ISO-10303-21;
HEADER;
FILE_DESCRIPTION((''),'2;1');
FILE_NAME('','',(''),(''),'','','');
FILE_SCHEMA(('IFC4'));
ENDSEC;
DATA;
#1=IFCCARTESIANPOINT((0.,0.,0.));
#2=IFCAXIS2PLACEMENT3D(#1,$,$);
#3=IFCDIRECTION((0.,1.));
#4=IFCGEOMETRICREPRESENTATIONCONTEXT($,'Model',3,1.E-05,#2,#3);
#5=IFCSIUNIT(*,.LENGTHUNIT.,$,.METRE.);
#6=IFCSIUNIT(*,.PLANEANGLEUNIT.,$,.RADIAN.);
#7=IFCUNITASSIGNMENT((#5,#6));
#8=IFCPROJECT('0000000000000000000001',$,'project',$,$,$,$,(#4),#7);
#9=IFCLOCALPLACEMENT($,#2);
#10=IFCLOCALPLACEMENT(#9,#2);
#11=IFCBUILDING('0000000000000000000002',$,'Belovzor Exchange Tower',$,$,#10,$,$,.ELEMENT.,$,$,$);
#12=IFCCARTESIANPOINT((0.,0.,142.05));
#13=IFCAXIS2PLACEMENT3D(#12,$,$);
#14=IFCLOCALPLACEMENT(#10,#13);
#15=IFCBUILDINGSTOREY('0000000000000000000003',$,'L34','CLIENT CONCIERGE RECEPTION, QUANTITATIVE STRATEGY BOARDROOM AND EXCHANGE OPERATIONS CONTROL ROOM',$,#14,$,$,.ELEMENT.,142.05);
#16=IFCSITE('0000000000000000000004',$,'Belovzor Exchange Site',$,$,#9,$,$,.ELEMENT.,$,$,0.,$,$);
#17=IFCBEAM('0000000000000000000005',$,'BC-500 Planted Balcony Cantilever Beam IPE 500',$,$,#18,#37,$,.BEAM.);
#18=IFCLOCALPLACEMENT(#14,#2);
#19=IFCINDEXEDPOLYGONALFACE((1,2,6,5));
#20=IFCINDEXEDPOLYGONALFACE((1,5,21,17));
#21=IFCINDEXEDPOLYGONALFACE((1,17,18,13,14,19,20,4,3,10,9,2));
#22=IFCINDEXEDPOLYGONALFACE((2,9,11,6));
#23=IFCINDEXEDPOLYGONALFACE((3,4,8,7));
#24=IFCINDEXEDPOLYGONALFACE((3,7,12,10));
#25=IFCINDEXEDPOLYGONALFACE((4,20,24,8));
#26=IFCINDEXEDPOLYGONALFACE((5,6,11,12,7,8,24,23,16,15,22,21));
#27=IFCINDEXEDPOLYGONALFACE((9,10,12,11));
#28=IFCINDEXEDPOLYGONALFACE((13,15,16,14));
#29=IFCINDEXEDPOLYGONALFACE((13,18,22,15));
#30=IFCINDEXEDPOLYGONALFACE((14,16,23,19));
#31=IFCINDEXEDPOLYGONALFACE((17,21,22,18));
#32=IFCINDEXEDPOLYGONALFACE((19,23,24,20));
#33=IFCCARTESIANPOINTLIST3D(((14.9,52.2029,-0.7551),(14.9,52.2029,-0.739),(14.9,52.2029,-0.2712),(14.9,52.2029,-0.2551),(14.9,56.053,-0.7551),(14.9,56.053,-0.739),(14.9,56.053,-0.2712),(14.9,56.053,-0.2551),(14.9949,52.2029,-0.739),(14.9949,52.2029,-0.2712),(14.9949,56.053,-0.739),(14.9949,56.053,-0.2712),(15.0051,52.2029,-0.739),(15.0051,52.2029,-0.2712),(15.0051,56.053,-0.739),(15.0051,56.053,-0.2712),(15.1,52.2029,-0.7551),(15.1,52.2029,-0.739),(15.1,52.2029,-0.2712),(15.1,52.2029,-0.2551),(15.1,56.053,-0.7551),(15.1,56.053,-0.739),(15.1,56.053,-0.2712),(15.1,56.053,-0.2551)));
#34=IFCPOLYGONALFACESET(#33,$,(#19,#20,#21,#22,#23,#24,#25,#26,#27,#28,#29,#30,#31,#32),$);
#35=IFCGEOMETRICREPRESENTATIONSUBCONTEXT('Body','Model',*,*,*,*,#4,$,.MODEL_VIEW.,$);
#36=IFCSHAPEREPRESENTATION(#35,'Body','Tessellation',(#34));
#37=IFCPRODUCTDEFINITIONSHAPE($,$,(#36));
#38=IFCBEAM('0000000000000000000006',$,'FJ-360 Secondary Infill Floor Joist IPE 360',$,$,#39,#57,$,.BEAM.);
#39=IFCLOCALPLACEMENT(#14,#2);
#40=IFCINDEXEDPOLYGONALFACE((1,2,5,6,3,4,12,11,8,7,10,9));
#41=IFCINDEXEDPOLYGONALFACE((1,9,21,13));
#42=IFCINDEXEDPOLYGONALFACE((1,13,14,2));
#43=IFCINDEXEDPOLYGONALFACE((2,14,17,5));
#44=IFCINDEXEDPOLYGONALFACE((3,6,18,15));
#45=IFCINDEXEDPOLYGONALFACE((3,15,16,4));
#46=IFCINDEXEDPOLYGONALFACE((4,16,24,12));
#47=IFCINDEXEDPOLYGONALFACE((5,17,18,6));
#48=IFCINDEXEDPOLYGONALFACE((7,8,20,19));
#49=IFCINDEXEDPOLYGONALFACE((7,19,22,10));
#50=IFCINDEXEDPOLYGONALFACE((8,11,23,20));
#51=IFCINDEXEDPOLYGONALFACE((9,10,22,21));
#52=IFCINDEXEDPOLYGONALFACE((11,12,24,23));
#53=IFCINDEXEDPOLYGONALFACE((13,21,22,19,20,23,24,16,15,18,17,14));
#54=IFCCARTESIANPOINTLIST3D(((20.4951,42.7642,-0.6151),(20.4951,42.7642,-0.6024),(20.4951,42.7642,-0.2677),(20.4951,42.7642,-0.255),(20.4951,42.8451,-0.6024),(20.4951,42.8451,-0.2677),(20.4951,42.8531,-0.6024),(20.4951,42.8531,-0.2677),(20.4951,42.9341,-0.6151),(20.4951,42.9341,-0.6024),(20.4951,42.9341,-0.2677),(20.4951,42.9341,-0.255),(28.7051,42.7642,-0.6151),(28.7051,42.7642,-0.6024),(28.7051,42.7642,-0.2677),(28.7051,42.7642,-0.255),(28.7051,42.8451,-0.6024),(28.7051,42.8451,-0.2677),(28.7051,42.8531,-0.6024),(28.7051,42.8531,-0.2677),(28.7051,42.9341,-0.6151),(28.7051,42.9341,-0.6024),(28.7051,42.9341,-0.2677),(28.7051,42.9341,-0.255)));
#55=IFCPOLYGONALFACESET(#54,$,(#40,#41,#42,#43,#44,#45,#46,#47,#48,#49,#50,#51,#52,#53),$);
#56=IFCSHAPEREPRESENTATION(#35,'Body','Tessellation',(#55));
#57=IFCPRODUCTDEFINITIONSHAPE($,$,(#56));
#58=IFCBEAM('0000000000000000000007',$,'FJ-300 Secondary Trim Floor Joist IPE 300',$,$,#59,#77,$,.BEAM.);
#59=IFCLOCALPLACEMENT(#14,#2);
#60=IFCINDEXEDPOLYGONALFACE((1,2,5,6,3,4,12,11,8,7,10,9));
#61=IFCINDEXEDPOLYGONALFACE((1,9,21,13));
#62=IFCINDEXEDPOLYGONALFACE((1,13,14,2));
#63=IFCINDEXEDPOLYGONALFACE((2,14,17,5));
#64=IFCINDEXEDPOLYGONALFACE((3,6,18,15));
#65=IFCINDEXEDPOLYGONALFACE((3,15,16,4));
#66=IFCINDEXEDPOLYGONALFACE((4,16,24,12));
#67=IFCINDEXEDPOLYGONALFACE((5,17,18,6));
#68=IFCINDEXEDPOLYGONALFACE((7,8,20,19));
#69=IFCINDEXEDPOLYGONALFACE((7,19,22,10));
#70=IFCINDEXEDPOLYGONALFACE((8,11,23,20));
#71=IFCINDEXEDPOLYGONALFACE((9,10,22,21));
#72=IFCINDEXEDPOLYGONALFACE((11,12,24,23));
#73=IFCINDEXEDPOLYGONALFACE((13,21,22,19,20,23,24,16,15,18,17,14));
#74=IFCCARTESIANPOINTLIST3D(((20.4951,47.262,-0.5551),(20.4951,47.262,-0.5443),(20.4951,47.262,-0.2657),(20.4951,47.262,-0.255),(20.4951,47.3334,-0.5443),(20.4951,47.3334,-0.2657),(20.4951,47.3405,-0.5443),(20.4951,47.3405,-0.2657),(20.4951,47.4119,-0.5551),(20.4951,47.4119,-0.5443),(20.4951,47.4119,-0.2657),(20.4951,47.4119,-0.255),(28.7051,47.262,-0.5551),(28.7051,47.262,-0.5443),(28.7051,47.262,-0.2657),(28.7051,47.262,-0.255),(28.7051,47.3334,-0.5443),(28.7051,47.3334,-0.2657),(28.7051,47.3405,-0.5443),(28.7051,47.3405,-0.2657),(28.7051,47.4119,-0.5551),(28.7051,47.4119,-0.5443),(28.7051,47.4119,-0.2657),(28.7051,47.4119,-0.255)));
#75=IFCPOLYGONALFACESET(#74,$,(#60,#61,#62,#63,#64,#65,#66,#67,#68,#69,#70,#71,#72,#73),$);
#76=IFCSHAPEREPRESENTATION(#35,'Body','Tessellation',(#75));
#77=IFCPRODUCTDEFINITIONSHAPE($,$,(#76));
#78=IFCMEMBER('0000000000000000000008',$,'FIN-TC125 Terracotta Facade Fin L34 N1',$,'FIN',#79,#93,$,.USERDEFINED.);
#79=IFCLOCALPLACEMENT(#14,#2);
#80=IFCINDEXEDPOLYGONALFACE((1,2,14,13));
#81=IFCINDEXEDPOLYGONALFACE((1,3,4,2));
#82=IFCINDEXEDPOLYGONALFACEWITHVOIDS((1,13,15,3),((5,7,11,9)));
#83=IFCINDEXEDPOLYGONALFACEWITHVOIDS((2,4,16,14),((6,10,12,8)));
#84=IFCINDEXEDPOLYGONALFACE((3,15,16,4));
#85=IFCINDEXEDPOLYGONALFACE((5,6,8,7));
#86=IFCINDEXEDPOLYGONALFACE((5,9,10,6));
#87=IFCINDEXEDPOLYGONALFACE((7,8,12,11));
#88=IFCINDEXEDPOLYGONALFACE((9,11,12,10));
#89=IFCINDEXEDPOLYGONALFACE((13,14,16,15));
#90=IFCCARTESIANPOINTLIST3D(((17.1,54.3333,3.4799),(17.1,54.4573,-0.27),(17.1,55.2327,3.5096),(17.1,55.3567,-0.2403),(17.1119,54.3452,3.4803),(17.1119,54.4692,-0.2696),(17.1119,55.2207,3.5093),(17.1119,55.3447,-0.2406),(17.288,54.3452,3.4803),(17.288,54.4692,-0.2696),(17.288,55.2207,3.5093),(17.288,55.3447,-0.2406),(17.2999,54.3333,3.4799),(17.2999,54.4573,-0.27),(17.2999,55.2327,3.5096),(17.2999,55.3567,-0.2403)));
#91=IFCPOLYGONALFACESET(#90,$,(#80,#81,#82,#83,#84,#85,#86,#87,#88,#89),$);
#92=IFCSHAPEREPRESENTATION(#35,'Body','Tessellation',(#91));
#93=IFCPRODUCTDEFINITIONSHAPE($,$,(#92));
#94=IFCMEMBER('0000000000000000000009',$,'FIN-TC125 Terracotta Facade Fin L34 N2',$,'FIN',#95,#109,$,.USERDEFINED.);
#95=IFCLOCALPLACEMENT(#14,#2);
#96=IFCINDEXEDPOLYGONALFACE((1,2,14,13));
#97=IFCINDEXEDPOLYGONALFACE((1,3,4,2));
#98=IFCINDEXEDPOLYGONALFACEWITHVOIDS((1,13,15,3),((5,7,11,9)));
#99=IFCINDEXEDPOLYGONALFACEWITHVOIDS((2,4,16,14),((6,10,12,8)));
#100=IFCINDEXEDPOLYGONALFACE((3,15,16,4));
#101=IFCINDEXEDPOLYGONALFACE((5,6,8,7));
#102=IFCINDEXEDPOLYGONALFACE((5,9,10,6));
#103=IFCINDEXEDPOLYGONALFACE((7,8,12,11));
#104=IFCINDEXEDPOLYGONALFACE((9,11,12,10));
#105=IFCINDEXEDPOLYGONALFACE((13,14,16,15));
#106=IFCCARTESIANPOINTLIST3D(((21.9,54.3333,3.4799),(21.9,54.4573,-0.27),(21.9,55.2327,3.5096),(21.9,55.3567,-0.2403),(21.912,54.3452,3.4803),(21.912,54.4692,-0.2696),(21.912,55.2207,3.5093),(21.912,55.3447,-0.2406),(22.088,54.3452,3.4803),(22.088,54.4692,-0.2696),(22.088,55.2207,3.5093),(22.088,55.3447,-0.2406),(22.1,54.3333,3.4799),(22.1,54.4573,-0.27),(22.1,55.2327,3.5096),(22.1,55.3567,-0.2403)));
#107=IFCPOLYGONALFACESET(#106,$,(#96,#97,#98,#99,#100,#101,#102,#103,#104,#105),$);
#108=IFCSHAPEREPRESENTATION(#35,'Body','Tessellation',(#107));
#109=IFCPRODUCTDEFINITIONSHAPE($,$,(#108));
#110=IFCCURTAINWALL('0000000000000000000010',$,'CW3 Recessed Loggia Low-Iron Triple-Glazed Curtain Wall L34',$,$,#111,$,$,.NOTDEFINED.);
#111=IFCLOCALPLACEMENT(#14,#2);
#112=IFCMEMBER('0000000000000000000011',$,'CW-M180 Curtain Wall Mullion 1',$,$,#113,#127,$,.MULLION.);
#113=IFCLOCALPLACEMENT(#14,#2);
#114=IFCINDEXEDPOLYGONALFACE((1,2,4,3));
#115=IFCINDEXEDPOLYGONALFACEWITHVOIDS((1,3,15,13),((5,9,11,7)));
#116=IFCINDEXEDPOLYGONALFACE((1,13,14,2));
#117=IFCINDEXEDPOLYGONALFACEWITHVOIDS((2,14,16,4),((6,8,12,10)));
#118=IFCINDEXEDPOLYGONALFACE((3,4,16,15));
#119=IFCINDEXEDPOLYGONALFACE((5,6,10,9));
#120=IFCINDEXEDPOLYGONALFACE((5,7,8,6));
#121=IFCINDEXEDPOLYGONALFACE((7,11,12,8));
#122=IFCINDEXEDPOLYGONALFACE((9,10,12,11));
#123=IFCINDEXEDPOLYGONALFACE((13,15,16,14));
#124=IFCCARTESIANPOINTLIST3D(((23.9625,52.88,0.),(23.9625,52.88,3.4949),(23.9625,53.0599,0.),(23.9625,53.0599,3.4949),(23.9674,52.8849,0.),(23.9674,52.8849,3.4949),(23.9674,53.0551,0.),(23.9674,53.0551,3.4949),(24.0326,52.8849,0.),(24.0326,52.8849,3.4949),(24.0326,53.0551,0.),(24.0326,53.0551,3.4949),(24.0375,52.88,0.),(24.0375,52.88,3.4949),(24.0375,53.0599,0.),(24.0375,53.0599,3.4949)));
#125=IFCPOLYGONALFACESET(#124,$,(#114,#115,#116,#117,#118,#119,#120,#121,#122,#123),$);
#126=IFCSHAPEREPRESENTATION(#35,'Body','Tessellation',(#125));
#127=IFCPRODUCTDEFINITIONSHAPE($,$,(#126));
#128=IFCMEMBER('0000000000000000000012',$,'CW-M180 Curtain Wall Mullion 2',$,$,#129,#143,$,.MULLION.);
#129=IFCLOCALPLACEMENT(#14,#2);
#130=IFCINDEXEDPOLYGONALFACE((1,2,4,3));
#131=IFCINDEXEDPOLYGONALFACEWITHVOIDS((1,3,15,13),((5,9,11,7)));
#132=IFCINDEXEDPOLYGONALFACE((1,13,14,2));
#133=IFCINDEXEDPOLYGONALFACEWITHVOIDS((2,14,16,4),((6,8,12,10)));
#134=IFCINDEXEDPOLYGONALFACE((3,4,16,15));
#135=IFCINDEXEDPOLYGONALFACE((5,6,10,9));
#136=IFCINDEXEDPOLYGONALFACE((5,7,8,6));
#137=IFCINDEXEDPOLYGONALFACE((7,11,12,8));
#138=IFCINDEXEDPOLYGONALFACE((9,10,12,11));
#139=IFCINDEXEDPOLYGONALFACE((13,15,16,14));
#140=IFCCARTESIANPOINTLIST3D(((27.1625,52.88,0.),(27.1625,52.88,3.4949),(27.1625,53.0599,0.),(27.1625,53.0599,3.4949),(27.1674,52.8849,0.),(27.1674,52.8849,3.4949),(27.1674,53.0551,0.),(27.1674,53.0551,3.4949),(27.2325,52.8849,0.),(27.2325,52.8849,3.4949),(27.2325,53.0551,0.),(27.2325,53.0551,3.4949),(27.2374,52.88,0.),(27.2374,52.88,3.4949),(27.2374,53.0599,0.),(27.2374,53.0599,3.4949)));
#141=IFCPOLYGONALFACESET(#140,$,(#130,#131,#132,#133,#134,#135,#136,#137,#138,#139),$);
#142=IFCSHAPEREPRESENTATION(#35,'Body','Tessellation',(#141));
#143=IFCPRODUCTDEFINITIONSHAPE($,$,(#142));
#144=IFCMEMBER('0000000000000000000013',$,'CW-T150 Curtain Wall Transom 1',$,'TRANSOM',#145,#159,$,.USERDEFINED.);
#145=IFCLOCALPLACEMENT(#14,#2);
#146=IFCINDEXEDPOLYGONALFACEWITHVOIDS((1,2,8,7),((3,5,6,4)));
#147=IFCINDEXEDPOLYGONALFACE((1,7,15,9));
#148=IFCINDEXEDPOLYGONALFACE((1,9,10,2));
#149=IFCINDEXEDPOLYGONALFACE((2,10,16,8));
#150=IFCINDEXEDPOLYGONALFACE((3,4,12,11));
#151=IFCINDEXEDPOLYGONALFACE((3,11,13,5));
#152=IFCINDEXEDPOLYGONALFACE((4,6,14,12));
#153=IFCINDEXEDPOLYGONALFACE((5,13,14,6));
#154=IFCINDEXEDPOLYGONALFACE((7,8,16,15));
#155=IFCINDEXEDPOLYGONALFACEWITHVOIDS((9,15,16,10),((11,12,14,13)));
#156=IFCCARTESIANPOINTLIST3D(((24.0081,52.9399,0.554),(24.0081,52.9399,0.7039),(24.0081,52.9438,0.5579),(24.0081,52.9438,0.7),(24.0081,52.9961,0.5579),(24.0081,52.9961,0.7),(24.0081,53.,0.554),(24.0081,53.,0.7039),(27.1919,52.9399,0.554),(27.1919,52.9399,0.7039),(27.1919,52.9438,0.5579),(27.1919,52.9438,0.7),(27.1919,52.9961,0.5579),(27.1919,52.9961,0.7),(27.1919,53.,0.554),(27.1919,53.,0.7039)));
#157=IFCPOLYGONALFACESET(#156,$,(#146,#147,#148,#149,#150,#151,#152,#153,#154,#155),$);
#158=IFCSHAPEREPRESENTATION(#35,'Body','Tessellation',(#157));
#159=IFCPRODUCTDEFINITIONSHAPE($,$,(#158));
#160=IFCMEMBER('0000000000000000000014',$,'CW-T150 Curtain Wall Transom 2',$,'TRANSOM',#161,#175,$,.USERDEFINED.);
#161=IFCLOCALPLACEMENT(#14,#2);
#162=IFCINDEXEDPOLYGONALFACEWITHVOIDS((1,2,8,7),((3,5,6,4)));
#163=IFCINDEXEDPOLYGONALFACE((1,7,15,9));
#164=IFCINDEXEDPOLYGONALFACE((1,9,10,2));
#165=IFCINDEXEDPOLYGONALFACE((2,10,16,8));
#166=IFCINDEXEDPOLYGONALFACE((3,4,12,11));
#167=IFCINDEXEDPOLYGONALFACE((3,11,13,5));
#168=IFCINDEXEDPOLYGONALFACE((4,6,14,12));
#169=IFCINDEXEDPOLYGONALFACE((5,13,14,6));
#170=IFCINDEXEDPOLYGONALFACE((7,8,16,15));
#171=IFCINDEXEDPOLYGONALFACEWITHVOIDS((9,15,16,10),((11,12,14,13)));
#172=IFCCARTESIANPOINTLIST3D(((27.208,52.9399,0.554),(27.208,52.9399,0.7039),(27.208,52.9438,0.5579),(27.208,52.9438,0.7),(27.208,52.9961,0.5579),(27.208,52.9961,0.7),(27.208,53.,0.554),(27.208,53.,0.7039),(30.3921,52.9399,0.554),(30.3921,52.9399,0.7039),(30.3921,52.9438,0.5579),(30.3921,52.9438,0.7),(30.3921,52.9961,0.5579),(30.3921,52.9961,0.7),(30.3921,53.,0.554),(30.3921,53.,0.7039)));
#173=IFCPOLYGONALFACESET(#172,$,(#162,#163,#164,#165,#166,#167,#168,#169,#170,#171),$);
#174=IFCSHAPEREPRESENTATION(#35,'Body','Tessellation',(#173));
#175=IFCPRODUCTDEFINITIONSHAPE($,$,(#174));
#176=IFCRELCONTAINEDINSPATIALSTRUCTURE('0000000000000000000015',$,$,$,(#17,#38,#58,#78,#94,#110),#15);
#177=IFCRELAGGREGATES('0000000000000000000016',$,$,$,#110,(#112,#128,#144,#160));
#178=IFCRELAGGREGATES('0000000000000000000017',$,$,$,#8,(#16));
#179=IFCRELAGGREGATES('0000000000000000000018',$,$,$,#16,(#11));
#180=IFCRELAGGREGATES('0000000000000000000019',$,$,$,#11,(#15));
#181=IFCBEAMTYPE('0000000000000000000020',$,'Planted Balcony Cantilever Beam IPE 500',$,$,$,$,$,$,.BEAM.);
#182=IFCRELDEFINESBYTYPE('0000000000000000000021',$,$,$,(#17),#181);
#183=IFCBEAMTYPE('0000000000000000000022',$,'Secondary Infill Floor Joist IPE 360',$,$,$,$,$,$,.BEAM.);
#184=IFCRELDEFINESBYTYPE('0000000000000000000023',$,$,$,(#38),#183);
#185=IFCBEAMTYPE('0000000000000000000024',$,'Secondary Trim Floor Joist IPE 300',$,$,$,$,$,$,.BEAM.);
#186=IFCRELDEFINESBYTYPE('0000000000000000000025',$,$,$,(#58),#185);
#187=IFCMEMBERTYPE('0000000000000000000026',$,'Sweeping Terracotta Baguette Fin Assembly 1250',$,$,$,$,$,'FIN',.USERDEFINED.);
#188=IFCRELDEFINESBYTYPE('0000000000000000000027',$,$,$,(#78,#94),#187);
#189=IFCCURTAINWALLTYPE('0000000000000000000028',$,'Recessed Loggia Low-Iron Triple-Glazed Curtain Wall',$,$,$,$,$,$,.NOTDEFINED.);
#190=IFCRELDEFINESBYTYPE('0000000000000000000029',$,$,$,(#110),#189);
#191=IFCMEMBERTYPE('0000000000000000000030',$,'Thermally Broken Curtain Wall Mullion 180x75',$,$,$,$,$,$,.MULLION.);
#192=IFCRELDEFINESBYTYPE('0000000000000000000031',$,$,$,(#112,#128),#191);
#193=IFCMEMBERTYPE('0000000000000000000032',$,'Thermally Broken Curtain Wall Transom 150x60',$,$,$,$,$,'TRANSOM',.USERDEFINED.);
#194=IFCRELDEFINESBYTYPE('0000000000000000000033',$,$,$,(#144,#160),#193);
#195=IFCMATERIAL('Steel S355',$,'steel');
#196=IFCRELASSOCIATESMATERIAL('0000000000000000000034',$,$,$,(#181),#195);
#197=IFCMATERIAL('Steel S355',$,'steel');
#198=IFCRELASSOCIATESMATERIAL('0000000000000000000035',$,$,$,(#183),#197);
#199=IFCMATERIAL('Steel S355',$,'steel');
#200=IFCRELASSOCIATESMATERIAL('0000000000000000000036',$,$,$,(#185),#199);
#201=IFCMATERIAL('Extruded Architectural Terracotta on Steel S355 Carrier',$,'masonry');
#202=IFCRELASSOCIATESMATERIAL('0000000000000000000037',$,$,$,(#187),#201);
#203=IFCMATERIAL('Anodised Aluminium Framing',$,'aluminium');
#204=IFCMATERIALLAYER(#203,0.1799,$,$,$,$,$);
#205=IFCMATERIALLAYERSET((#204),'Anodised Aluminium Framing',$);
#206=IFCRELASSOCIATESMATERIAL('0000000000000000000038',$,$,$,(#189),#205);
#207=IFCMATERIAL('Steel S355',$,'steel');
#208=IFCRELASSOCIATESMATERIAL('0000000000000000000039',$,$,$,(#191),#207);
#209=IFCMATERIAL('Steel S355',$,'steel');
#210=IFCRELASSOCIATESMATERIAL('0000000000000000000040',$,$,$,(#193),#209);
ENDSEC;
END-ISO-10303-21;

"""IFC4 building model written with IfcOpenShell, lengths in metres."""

from ifc_helpers import new_model, si_unit, direction, frame, origin, origin_2d, place, context, subcontext, project, spatial, hollow_rectangle, i_section, extrude, material, layer, layer_set, material_profile, profile_set, type_object, element, aggregate, save


model = new_model("IFC4")

# Units and contexts
model_context = context("Model", 3, precision=1e-05, world=origin(), true_north=direction((0.0, 1.0)))
body_context = subcontext(model_context, "Body", "Model", "MODEL_VIEW")
ifc_project = project(units=[si_unit("LENGTHUNIT", "METRE"), si_unit("PLANEANGLEUNIT", "RADIAN")], contexts=[model_context])

# Site, building, storey
site_placement = place(None, origin())
site = spatial("IfcSite", under=ifc_project, at=site_placement, Name="Belovzor Exchange Site", CompositionType="ELEMENT", RefElevation=0.0)
building_placement = place(site_placement, origin())
building = spatial("IfcBuilding", under=site, at=building_placement, Name="Belovzor Exchange Tower", CompositionType="ELEMENT")
storey_placement = place(building_placement, frame((0.0, 0.0, 142.05)))
storey = spatial("IfcBuildingStorey", under=building, at=storey_placement, Name="L34", Description="CLIENT CONCIERGE RECEPTION, QUANTITATIVE STRATEGY BOARDROOM AND EXCHANGE OPERATIONS CONTROL ROOM", CompositionType="ELEMENT", Elevation=142.05)

# Beams
ifc_material_1 = material(Name="Steel S355", Category="steel")
ifc_material_profile_1 = material_profile(ifc_material_1, i_section(OverallWidth=0.2, OverallDepth=0.5, WebThickness=0.0103, FlangeThickness=0.0161, at=origin_2d()))
ifc_profile_set_1 = profile_set([ifc_material_profile_1], Name="Steel S355")
beam_type_1 = type_object("IfcBeamType", Name="Planted Balcony Cantilever Beam IPE 500", PredefinedType="BEAM", material=ifc_profile_set_1)
beam_1_placement = place(storey_placement, frame((15.0, 52.2029, -0.5051), z_axis=(0.0, 1.0, 0.0), x_axis=(-1.0, 0.0, 0.0)))
element("IfcBeam", 1, at=beam_1_placement, inside=storey, type_object=beam_type_1, Name="BC-500 Planted Balcony Cantilever Beam IPE 500", PredefinedType="BEAM", context=body_context, shape_type="SweptSolid", body=[
    extrude(i_section(OverallWidth=0.2, OverallDepth=0.5, WebThickness=0.0103, FlangeThickness=0.0161, at=origin_2d()), origin(), (0.0, 0.0, 1.0), 3.8501),
])
ifc_material_2 = material(Name="Steel S355", Category="steel")
ifc_material_profile_2 = material_profile(ifc_material_2, i_section(OverallWidth=0.1699, OverallDepth=0.3601, WebThickness=0.0081, FlangeThickness=0.0127, at=origin_2d()))
ifc_profile_set_2 = profile_set([ifc_material_profile_2], Name="Steel S355")
beam_type_2 = type_object("IfcBeamType", Name="Secondary Infill Floor Joist IPE 360", PredefinedType="BEAM", material=ifc_profile_set_2)
beam_2_placement = place(storey_placement, frame((20.4951, 42.8491, -0.4351), z_axis=(1.0, 0.0, 0.0), x_axis=(0.0, 1.0, 0.0)))
element("IfcBeam", 2, at=beam_2_placement, inside=storey, type_object=beam_type_2, Name="FJ-360 Secondary Infill Floor Joist IPE 360", PredefinedType="BEAM", context=body_context, shape_type="SweptSolid", body=[
    extrude(i_section(OverallWidth=0.1699, OverallDepth=0.3601, WebThickness=0.0081, FlangeThickness=0.0127, at=origin_2d()), origin(), (0.0, 0.0, 1.0), 8.21),
])
ifc_material_3 = material(Name="Steel S355", Category="steel")
ifc_material_profile_3 = material_profile(ifc_material_3, i_section(OverallWidth=0.1499, OverallDepth=0.3, WebThickness=0.0071, FlangeThickness=0.0107, at=origin_2d()))
ifc_profile_set_3 = profile_set([ifc_material_profile_3], Name="Steel S355")
beam_type_3 = type_object("IfcBeamType", Name="Secondary Trim Floor Joist IPE 300", PredefinedType="BEAM", material=ifc_profile_set_3)
beam_3_placement = place(storey_placement, frame((20.4951, 47.3369, -0.405), z_axis=(1.0, 0.0, 0.0), x_axis=(0.0, 1.0, 0.0)))
element("IfcBeam", 3, at=beam_3_placement, inside=storey, type_object=beam_type_3, Name="FJ-300 Secondary Trim Floor Joist IPE 300", PredefinedType="BEAM", context=body_context, shape_type="SweptSolid", body=[
    extrude(i_section(OverallWidth=0.1499, OverallDepth=0.3, WebThickness=0.0071, FlangeThickness=0.0107, at=origin_2d()), origin(), (0.0, 0.0, 1.0), 8.21),
])

# Members
ifc_material_4 = material(Name="Extruded Architectural Terracotta on Steel S355 Carrier", Category="masonry")
ifc_material_profile_4 = material_profile(ifc_material_4, hollow_rectangle(XDim=0.2, YDim=0.8999, WallThickness=0.012, at=origin_2d()))
ifc_profile_set_4 = profile_set([ifc_material_profile_4], Name="Extruded Architectural Terracotta on Steel S355 Carrier")
member_type_1 = type_object("IfcMemberType", Name="Sweeping Terracotta Baguette Fin Assembly 1250", ElementType="FIN", PredefinedType="USERDEFINED", material=ifc_profile_set_4)
for number, where, z_axis, x_axis, name in (
    (4, (17.2, 54.907, -0.2551), (0.0, -0.033055, 0.999454), (1.0, 0.0, 0.0), "FIN-TC125 Terracotta Facade Fin L34 N1"),
    (5, (22.0, 54.907, -0.2551), (0.0, -0.033055, 0.999454), (1.0, 0.0, 0.0), "FIN-TC125 Terracotta Facade Fin L34 N2"),
):
    element("IfcMember", number, at=place(storey_placement, frame(where, z_axis=z_axis, x_axis=x_axis)), inside=storey, type_object=member_type_1, Name=name, ObjectType="FIN", PredefinedType="USERDEFINED", context=body_context, shape_type="SweptSolid", body=[
        extrude(hollow_rectangle(XDim=0.2, YDim=0.8999, WallThickness=0.012, at=origin_2d()), origin(), (0.0, 0.0, 1.0), 3.752),
    ])

# Curtain wall, members
ifc_material_5 = material(Name="Anodised Aluminium Framing", Category="aluminium")
ifc_layer_1 = layer(ifc_material_5, 0.1799)
ifc_layer_set_1 = layer_set([ifc_layer_1], Name="Anodised Aluminium Framing")
curtain_wall_type = type_object("IfcCurtainWallType", Name="Recessed Loggia Low-Iron Triple-Glazed Curtain Wall", PredefinedType="NOTDEFINED", material=ifc_layer_set_1)
curtain_wall_placement = place(storey_placement, origin())
curtain_wall = element("IfcCurtainWall", 6, at=curtain_wall_placement, inside=storey, type_object=curtain_wall_type, Name="CW3 Recessed Loggia Low-Iron Triple-Glazed Curtain Wall L34", PredefinedType="NOTDEFINED")
ifc_material_6 = material(Name="Steel S355", Category="steel")
ifc_material_profile_5 = material_profile(ifc_material_6, hollow_rectangle(XDim=0.075, YDim=0.1799, WallThickness=0.0049, at=origin_2d()))
ifc_profile_set_5 = profile_set([ifc_material_profile_5], Name="Steel S355")
member_type_2 = type_object("IfcMemberType", Name="Thermally Broken Curtain Wall Mullion 180x75", PredefinedType="MULLION", material=ifc_profile_set_5)
member_1_placement = place(storey_placement, frame((24.0, 52.97, 0.0), z_axis=(0.0, 0.0, 1.0), x_axis=(1.0, 0.0, 0.0)))
member_1 = element("IfcMember", 7, at=member_1_placement, type_object=member_type_2, Name="CW-M180 Curtain Wall Mullion 1", PredefinedType="MULLION", context=body_context, shape_type="SweptSolid", body=[
    extrude(hollow_rectangle(XDim=0.075, YDim=0.1799, WallThickness=0.0049, at=origin_2d()), origin(), (0.0, 0.0, 1.0), 3.4949),
])
member_2_placement = place(storey_placement, frame((27.2, 52.97, 0.0), z_axis=(0.0, 0.0, 1.0), x_axis=(1.0, 0.0, 0.0)))
member_2 = element("IfcMember", 8, at=member_2_placement, type_object=member_type_2, Name="CW-M180 Curtain Wall Mullion 2", PredefinedType="MULLION", context=body_context, shape_type="SweptSolid", body=[
    extrude(hollow_rectangle(XDim=0.075, YDim=0.1799, WallThickness=0.0049, at=origin_2d()), origin(), (0.0, 0.0, 1.0), 3.4949),
])
ifc_material_7 = material(Name="Steel S355", Category="steel")
ifc_material_profile_6 = material_profile(ifc_material_7, hollow_rectangle(XDim=0.0601, YDim=0.1499, WallThickness=0.0039, at=origin_2d()))
ifc_profile_set_6 = profile_set([ifc_material_profile_6], Name="Steel S355")
member_type_3 = type_object("IfcMemberType", Name="Thermally Broken Curtain Wall Transom 150x60", ElementType="TRANSOM", PredefinedType="USERDEFINED", material=ifc_profile_set_6)
member_3_placement = place(storey_placement, frame((24.0081, 52.97, 0.6289), z_axis=(1.0, 0.0, 0.0), x_axis=(0.0, 1.0, 0.0)))
member_3 = element("IfcMember", 9, at=member_3_placement, type_object=member_type_3, Name="CW-T150 Curtain Wall Transom 1", ObjectType="TRANSOM", PredefinedType="USERDEFINED", context=body_context, shape_type="SweptSolid", body=[
    extrude(hollow_rectangle(XDim=0.0601, YDim=0.1499, WallThickness=0.0039, at=origin_2d()), origin(), (0.0, 0.0, 1.0), 3.1838),
])
member_4_placement = place(storey_placement, frame((27.208, 52.97, 0.6289), z_axis=(1.0, 0.0, 0.0), x_axis=(0.0, 1.0, 0.0)))
member_4 = element("IfcMember", 10, at=member_4_placement, type_object=member_type_3, Name="CW-T150 Curtain Wall Transom 2", ObjectType="TRANSOM", PredefinedType="USERDEFINED", context=body_context, shape_type="SweptSolid", body=[
    extrude(hollow_rectangle(XDim=0.0601, YDim=0.1499, WallThickness=0.0039, at=origin_2d()), origin(), (0.0, 0.0, 1.0), 3.1841),
])

aggregate(curtain_wall, [member_1, member_2, member_3, member_4])

save(model, "model.ifc")
